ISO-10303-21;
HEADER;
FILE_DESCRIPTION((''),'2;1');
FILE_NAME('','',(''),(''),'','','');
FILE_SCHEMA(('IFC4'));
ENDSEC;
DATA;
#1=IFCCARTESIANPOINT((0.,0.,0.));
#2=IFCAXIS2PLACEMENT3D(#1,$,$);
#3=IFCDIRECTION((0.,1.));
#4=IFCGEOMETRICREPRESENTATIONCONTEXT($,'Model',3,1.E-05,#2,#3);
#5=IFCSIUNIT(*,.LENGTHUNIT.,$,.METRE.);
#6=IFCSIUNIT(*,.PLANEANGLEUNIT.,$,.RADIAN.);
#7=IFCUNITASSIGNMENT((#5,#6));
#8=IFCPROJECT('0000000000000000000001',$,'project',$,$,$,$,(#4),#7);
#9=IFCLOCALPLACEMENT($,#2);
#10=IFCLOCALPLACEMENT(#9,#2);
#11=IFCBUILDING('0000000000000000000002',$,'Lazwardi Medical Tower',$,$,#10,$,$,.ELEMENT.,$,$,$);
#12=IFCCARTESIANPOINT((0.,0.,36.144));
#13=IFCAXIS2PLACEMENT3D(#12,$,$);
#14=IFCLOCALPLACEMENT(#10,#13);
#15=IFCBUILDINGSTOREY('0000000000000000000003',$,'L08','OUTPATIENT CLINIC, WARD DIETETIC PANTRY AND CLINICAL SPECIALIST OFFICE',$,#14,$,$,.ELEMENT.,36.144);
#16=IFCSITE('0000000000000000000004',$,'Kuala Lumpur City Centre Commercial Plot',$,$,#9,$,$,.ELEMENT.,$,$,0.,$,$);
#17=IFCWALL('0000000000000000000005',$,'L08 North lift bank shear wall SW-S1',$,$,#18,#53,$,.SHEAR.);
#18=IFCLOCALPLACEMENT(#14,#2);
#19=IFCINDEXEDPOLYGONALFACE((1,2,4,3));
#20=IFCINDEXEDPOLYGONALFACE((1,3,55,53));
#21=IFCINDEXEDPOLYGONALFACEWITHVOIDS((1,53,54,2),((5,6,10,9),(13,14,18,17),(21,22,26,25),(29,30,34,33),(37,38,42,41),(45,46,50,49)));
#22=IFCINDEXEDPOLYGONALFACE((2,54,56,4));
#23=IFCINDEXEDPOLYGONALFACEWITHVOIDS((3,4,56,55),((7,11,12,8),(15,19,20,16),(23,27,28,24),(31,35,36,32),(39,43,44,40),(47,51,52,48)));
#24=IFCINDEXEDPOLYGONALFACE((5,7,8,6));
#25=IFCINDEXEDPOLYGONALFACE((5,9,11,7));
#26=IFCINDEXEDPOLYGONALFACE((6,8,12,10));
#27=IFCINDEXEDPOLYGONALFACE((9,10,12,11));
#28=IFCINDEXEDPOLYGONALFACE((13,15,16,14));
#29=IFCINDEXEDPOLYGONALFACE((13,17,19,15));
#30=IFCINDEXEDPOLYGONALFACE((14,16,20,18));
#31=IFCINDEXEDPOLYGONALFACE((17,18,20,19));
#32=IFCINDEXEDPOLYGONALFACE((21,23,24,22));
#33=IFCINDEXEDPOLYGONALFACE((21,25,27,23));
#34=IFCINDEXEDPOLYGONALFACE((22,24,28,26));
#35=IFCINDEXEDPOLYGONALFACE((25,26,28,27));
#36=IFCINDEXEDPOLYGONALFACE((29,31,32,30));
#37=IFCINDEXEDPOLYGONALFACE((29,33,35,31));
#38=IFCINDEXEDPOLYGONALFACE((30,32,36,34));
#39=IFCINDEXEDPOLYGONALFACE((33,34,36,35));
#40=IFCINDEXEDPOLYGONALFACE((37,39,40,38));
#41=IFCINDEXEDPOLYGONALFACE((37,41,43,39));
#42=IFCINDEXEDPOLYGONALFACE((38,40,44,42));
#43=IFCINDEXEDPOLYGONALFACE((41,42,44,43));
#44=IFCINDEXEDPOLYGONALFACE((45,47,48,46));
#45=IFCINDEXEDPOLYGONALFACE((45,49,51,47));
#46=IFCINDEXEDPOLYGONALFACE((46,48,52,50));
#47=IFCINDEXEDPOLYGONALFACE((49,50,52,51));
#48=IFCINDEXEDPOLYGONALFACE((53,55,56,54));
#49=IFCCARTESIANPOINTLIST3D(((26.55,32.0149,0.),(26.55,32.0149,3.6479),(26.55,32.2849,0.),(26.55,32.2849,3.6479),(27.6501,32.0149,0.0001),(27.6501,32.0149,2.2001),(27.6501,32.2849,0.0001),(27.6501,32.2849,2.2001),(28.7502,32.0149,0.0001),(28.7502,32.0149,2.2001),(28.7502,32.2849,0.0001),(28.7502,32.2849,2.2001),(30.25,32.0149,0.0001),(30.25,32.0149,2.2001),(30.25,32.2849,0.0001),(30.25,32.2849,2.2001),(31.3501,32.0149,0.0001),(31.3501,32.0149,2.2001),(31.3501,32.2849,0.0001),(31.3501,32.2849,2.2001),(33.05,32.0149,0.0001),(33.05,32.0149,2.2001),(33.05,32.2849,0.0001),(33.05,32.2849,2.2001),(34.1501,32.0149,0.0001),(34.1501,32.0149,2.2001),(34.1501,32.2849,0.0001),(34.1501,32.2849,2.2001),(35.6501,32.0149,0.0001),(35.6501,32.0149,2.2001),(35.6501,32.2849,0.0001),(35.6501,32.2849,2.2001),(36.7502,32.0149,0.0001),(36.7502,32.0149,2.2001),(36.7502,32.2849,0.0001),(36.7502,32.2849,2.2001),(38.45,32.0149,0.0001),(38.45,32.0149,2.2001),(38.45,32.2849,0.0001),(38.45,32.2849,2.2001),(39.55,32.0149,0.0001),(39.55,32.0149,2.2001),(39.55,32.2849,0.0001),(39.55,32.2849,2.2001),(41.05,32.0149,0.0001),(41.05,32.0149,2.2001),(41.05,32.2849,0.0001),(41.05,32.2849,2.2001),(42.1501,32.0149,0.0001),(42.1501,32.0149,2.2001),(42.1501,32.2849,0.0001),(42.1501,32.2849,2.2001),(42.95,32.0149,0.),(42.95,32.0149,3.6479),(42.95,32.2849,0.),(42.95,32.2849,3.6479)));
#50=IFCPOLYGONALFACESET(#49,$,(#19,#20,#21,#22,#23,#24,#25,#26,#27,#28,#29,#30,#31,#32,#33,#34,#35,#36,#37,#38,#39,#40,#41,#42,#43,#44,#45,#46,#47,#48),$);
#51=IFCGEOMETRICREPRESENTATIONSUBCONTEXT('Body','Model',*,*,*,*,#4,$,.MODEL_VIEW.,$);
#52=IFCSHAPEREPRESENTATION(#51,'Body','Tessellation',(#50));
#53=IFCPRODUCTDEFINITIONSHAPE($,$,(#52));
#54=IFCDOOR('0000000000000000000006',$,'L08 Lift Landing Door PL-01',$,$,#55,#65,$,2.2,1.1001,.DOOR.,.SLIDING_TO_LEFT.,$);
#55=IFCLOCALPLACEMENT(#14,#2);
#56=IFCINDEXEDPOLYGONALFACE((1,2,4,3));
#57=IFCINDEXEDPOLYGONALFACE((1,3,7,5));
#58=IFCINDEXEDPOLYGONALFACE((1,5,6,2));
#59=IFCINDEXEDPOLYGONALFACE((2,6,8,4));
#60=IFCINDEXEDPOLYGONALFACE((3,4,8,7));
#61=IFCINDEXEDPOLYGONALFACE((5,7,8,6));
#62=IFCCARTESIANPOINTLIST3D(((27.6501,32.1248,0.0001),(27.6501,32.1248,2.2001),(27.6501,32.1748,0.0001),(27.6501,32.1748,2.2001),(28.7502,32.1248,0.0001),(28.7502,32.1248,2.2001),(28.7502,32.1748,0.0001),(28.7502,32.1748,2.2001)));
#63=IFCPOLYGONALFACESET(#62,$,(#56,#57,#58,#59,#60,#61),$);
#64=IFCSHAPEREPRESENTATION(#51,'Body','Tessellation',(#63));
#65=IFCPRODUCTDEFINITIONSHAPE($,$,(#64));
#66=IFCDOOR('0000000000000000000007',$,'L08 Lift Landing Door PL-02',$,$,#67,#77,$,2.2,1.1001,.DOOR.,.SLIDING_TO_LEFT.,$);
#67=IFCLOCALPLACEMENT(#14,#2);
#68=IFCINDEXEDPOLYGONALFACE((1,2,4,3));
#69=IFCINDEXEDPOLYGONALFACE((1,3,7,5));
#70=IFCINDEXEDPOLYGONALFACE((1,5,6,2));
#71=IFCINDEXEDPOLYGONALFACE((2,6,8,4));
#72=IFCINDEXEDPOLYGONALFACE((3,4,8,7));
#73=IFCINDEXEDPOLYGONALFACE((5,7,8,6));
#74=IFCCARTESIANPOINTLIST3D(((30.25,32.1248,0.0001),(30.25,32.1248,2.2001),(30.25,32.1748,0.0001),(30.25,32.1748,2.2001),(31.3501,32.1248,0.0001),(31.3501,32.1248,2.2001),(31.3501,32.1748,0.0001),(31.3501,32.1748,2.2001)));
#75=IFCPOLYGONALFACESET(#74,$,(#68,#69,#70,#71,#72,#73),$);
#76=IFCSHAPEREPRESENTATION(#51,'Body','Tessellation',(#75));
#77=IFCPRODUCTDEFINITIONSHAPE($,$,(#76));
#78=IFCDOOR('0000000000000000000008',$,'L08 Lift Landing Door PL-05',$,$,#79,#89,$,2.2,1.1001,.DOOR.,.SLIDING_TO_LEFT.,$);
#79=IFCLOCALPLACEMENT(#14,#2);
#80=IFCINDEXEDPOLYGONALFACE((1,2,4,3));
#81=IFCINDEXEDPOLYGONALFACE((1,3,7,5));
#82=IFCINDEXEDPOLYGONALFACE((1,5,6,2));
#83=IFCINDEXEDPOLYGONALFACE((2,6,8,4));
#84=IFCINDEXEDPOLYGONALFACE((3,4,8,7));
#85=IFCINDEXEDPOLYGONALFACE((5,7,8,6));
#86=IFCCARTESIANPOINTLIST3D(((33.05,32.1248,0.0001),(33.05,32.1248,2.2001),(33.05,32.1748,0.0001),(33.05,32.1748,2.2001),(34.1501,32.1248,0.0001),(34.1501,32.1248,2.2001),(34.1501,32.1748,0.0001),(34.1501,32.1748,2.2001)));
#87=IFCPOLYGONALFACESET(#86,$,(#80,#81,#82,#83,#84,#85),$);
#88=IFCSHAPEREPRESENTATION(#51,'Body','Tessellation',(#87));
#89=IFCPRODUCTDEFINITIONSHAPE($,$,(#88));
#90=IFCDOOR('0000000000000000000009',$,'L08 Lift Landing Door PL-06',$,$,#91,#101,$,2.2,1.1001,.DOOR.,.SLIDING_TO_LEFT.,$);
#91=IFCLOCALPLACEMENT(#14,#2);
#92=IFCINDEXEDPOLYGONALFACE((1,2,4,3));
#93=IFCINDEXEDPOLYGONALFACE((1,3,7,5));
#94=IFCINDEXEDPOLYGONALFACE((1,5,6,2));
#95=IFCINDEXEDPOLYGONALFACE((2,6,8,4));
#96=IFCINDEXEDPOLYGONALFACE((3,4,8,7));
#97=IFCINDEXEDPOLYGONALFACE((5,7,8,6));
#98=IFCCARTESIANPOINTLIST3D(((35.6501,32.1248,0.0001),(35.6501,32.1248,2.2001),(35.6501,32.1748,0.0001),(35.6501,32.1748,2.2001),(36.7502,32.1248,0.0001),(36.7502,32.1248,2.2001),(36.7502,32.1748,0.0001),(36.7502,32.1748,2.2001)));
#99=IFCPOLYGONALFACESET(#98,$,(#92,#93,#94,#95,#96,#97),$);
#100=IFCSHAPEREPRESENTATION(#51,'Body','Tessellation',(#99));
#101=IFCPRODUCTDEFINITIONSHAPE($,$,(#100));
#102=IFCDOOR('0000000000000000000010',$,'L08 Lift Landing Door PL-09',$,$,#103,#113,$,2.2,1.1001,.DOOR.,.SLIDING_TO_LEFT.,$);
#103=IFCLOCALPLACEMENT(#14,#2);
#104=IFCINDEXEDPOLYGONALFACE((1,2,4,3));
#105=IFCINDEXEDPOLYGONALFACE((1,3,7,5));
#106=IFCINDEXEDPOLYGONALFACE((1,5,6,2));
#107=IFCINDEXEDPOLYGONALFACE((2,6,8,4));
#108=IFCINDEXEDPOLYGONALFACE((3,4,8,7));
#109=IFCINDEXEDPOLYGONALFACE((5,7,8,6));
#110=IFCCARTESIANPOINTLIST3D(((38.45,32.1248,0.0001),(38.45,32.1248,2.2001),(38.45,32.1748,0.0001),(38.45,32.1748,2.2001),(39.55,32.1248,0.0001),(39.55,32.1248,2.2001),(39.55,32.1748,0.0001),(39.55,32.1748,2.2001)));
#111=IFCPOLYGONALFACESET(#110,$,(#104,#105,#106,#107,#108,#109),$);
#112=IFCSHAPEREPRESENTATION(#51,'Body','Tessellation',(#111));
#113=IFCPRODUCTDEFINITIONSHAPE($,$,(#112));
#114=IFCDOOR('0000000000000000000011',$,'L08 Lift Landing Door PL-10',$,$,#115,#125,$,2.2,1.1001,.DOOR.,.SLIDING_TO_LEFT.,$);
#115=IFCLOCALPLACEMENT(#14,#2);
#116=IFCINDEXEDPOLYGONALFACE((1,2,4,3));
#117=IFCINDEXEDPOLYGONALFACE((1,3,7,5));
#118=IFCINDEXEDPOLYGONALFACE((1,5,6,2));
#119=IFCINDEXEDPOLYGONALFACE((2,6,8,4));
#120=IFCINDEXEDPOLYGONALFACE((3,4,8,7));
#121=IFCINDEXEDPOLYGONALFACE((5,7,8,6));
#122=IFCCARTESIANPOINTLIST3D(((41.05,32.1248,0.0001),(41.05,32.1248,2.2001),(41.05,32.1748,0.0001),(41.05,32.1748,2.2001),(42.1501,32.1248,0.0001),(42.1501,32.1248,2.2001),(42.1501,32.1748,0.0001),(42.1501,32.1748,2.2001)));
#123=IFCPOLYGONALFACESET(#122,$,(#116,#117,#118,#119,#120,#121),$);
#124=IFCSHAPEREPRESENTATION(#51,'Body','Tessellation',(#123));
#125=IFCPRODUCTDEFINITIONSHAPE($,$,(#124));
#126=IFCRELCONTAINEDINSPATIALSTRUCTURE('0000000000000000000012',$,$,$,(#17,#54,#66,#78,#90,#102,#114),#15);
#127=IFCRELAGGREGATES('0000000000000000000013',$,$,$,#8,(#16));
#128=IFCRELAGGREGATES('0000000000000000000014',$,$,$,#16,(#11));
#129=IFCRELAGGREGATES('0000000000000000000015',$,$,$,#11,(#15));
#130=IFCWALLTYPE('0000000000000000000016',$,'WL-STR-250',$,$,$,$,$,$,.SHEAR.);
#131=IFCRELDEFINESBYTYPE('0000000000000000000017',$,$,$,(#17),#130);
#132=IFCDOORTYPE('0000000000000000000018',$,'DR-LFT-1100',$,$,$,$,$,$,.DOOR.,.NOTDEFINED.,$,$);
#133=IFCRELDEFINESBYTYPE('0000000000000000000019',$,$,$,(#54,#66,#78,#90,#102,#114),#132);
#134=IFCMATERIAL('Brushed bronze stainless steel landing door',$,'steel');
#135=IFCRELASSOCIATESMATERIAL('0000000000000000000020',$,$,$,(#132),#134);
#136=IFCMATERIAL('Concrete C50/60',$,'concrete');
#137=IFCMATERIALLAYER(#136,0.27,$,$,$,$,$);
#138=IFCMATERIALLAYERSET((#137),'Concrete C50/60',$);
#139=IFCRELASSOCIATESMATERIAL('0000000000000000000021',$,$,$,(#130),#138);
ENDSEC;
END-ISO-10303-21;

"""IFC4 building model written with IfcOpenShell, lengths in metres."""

from ifc_helpers import new_model, si_unit, direction, frame, frame_2d, origin, place, context, subcontext, project, spatial, rectangle, extrude, material, layer, layer_set, type_object, element, fill, save


model = new_model("IFC4")

# Units and contexts
model_context = context("Model", 3, precision=1e-05, world=origin(), true_north=direction((0.0, 1.0)))
body_context = subcontext(model_context, "Body", "Model", "MODEL_VIEW")
ifc_project = project(units=[si_unit("LENGTHUNIT", "METRE"), si_unit("PLANEANGLEUNIT", "RADIAN")], contexts=[model_context])

# Site, building, storey
site_placement = place(None, origin())
site = spatial("IfcSite", under=ifc_project, at=site_placement, Name="Kuala Lumpur City Centre Commercial Plot", CompositionType="ELEMENT", RefElevation=0.0)
building_placement = place(site_placement, origin())
building = spatial("IfcBuilding", under=site, at=building_placement, Name="Lazwardi Medical Tower", CompositionType="ELEMENT")
storey_placement = place(building_placement, frame((0.0, 0.0, 36.144)))
storey = spatial("IfcBuildingStorey", under=building, at=storey_placement, Name="L08", Description="OUTPATIENT CLINIC, WARD DIETETIC PANTRY AND CLINICAL SPECIALIST OFFICE", CompositionType="ELEMENT", Elevation=36.144)

# Shared definitions
ifc_material_1 = material(Name="Brushed bronze stainless steel landing door", Category="steel")
door_type_1 = type_object("IfcDoorType", Name="DR-LFT-1100", OperationType="NOTDEFINED", PredefinedType="DOOR", material=ifc_material_1)

# Shared definitions
ifc_material_2 = material(Name="Concrete C50/60", Category="concrete")
ifc_layer_1 = layer(ifc_material_2, 0.27)
ifc_layer_set_1 = layer_set([ifc_layer_1], Name="Concrete C50/60")
wall_type_1 = type_object("IfcWallType", Name="WL-STR-250", PredefinedType="SHEAR", material=ifc_layer_set_1)

# Wall, openings, doors
wall_1_placement = place(storey_placement, frame((26.55, 32.1499, 0.0), z_axis=(0.0, 0.0, 1.0), x_axis=(1.0, 0.0, 0.0)))
wall_1 = element("IfcWall", 1, at=wall_1_placement, inside=storey, type_object=wall_type_1, Name="L08 North lift bank shear wall SW-S1", PredefinedType="SHEAR", context=body_context, shape_type="SweptSolid", body=[
    extrude(rectangle(XDim=16.3999, YDim=0.27, at=frame_2d((8.2, 0.0))), origin(), (0.0, 0.0, 1.0), 3.6479),
])
opening_1_placement = place(wall_1_placement, frame((1.1001, 0.0, 0.0)))
opening_1 = element("IfcOpeningElement", 2, at=opening_1_placement, cuts=wall_1, PredefinedType="OPENING", context=body_context, shape_type="SweptSolid", body=[
    extrude(rectangle(XDim=1.1001, YDim=2.2, at=frame_2d((0.55, 1.1001))), frame((0.0, 0.145, 0.0), z_axis=(0.0, -1.0, 0.0), x_axis=(1.0, 0.0, 0.0)), (0.0, 0.0, 1.0), 0.29),
])
opening_2_placement = place(wall_1_placement, frame((3.7, 0.0, 0.0)))
opening_2 = element("IfcOpeningElement", 3, at=opening_2_placement, cuts=wall_1, PredefinedType="OPENING", context=body_context, shape_type="SweptSolid", body=[
    extrude(rectangle(XDim=1.1001, YDim=2.2, at=frame_2d((0.55, 1.1001))), frame((0.0, 0.145, 0.0), z_axis=(0.0, -1.0, 0.0), x_axis=(1.0, 0.0, 0.0)), (0.0, 0.0, 1.0), 0.29),
])
opening_3_placement = place(wall_1_placement, frame((6.5, 0.0, 0.0)))
opening_3 = element("IfcOpeningElement", 4, at=opening_3_placement, cuts=wall_1, PredefinedType="OPENING", context=body_context, shape_type="SweptSolid", body=[
    extrude(rectangle(XDim=1.1001, YDim=2.2, at=frame_2d((0.55, 1.1001))), frame((0.0, 0.145, 0.0), z_axis=(0.0, -1.0, 0.0), x_axis=(1.0, 0.0, 0.0)), (0.0, 0.0, 1.0), 0.29),
])
opening_4_placement = place(wall_1_placement, frame((9.1001, 0.0, 0.0)))
opening_4 = element("IfcOpeningElement", 5, at=opening_4_placement, cuts=wall_1, PredefinedType="OPENING", context=body_context, shape_type="SweptSolid", body=[
    extrude(rectangle(XDim=1.1001, YDim=2.2, at=frame_2d((0.55, 1.1001))), frame((0.0, 0.145, 0.0), z_axis=(0.0, -1.0, 0.0), x_axis=(1.0, 0.0, 0.0)), (0.0, 0.0, 1.0), 0.29),
])
opening_5_placement = place(wall_1_placement, frame((11.8999, 0.0, 0.0)))
opening_5 = element("IfcOpeningElement", 6, at=opening_5_placement, cuts=wall_1, PredefinedType="OPENING", context=body_context, shape_type="SweptSolid", body=[
    extrude(rectangle(XDim=1.1001, YDim=2.2, at=frame_2d((0.55, 1.1001))), frame((0.0, 0.145, 0.0), z_axis=(0.0, -1.0, 0.0), x_axis=(1.0, 0.0, 0.0)), (0.0, 0.0, 1.0), 0.29),
])
opening_6_placement = place(wall_1_placement, frame((14.5, 0.0, 0.0)))
opening_6 = element("IfcOpeningElement", 7, at=opening_6_placement, cuts=wall_1, PredefinedType="OPENING", context=body_context, shape_type="SweptSolid", body=[
    extrude(rectangle(XDim=1.1001, YDim=2.2, at=frame_2d((0.55, 1.1001))), frame((0.0, 0.145, 0.0), z_axis=(0.0, -1.0, 0.0), x_axis=(1.0, 0.0, 0.0)), (0.0, 0.0, 1.0), 0.29),
])
door_1_placement = place(opening_1_placement, origin())
door_1 = element("IfcDoor", 8, at=door_1_placement, inside=storey, type_object=door_type_1, Name="L08 Lift Landing Door PL-01", OperationType="SLIDING_TO_LEFT", OverallHeight=2.2, OverallWidth=1.1001, PredefinedType="DOOR", context=body_context, shape_type="SweptSolid", body=[
    extrude(rectangle(XDim=1.1001, YDim=2.2, at=frame_2d((0.55, 1.1001))), frame((0.0, 0.0249, 0.0), z_axis=(0.0, -1.0, 0.0), x_axis=(1.0, 0.0, 0.0)), (0.0, 0.0, 1.0), 0.05),
])
fill(opening_1, door_1)
door_2_placement = place(opening_2_placement, origin())
door_2 = element("IfcDoor", 9, at=door_2_placement, inside=storey, type_object=door_type_1, Name="L08 Lift Landing Door PL-02", OperationType="SLIDING_TO_LEFT", OverallHeight=2.2, OverallWidth=1.1001, PredefinedType="DOOR", context=body_context, shape_type="SweptSolid", body=[
    extrude(rectangle(XDim=1.1001, YDim=2.2, at=frame_2d((0.55, 1.1001))), frame((0.0, 0.0249, 0.0), z_axis=(0.0, -1.0, 0.0), x_axis=(1.0, 0.0, 0.0)), (0.0, 0.0, 1.0), 0.05),
])
fill(opening_2, door_2)
door_3_placement = place(opening_3_placement, origin())
door_3 = element("IfcDoor", 10, at=door_3_placement, inside=storey, type_object=door_type_1, Name="L08 Lift Landing Door PL-05", OperationType="SLIDING_TO_LEFT", OverallHeight=2.2, OverallWidth=1.1001, PredefinedType="DOOR", context=body_context, shape_type="SweptSolid", body=[
    extrude(rectangle(XDim=1.1001, YDim=2.2, at=frame_2d((0.55, 1.1001))), frame((0.0, 0.0249, 0.0), z_axis=(0.0, -1.0, 0.0), x_axis=(1.0, 0.0, 0.0)), (0.0, 0.0, 1.0), 0.05),
])
fill(opening_3, door_3)
door_4_placement = place(opening_4_placement, origin())
door_4 = element("IfcDoor", 11, at=door_4_placement, inside=storey, type_object=door_type_1, Name="L08 Lift Landing Door PL-06", OperationType="SLIDING_TO_LEFT", OverallHeight=2.2, OverallWidth=1.1001, PredefinedType="DOOR", context=body_context, shape_type="SweptSolid", body=[
    extrude(rectangle(XDim=1.1001, YDim=2.2, at=frame_2d((0.55, 1.1001))), frame((0.0, 0.0249, 0.0), z_axis=(0.0, -1.0, 0.0), x_axis=(1.0, 0.0, 0.0)), (0.0, 0.0, 1.0), 0.05),
])
fill(opening_4, door_4)
door_5_placement = place(opening_5_placement, origin())
door_5 = element("IfcDoor", 12, at=door_5_placement, inside=storey, type_object=door_type_1, Name="L08 Lift Landing Door PL-09", OperationType="SLIDING_TO_LEFT", OverallHeight=2.2, OverallWidth=1.1001, PredefinedType="DOOR", context=body_context, shape_type="SweptSolid", body=[
    extrude(rectangle(XDim=1.1001, YDim=2.2, at=frame_2d((0.55, 1.1001))), frame((0.0, 0.0249, 0.0), z_axis=(0.0, -1.0, 0.0), x_axis=(1.0, 0.0, 0.0)), (0.0, 0.0, 1.0), 0.05),
])
fill(opening_5, door_5)
door_6_placement = place(opening_6_placement, origin())
door_6 = element("IfcDoor", 13, at=door_6_placement, inside=storey, type_object=door_type_1, Name="L08 Lift Landing Door PL-10", OperationType="SLIDING_TO_LEFT", OverallHeight=2.2, OverallWidth=1.1001, PredefinedType="DOOR", context=body_context, shape_type="SweptSolid", body=[
    extrude(rectangle(XDim=1.1001, YDim=2.2, at=frame_2d((0.55, 1.1001))), frame((0.0, 0.0249, 0.0), z_axis=(0.0, -1.0, 0.0), x_axis=(1.0, 0.0, 0.0)), (0.0, 0.0, 1.0), 0.05),
])
fill(opening_6, door_6)

save(model, "model.ifc")
